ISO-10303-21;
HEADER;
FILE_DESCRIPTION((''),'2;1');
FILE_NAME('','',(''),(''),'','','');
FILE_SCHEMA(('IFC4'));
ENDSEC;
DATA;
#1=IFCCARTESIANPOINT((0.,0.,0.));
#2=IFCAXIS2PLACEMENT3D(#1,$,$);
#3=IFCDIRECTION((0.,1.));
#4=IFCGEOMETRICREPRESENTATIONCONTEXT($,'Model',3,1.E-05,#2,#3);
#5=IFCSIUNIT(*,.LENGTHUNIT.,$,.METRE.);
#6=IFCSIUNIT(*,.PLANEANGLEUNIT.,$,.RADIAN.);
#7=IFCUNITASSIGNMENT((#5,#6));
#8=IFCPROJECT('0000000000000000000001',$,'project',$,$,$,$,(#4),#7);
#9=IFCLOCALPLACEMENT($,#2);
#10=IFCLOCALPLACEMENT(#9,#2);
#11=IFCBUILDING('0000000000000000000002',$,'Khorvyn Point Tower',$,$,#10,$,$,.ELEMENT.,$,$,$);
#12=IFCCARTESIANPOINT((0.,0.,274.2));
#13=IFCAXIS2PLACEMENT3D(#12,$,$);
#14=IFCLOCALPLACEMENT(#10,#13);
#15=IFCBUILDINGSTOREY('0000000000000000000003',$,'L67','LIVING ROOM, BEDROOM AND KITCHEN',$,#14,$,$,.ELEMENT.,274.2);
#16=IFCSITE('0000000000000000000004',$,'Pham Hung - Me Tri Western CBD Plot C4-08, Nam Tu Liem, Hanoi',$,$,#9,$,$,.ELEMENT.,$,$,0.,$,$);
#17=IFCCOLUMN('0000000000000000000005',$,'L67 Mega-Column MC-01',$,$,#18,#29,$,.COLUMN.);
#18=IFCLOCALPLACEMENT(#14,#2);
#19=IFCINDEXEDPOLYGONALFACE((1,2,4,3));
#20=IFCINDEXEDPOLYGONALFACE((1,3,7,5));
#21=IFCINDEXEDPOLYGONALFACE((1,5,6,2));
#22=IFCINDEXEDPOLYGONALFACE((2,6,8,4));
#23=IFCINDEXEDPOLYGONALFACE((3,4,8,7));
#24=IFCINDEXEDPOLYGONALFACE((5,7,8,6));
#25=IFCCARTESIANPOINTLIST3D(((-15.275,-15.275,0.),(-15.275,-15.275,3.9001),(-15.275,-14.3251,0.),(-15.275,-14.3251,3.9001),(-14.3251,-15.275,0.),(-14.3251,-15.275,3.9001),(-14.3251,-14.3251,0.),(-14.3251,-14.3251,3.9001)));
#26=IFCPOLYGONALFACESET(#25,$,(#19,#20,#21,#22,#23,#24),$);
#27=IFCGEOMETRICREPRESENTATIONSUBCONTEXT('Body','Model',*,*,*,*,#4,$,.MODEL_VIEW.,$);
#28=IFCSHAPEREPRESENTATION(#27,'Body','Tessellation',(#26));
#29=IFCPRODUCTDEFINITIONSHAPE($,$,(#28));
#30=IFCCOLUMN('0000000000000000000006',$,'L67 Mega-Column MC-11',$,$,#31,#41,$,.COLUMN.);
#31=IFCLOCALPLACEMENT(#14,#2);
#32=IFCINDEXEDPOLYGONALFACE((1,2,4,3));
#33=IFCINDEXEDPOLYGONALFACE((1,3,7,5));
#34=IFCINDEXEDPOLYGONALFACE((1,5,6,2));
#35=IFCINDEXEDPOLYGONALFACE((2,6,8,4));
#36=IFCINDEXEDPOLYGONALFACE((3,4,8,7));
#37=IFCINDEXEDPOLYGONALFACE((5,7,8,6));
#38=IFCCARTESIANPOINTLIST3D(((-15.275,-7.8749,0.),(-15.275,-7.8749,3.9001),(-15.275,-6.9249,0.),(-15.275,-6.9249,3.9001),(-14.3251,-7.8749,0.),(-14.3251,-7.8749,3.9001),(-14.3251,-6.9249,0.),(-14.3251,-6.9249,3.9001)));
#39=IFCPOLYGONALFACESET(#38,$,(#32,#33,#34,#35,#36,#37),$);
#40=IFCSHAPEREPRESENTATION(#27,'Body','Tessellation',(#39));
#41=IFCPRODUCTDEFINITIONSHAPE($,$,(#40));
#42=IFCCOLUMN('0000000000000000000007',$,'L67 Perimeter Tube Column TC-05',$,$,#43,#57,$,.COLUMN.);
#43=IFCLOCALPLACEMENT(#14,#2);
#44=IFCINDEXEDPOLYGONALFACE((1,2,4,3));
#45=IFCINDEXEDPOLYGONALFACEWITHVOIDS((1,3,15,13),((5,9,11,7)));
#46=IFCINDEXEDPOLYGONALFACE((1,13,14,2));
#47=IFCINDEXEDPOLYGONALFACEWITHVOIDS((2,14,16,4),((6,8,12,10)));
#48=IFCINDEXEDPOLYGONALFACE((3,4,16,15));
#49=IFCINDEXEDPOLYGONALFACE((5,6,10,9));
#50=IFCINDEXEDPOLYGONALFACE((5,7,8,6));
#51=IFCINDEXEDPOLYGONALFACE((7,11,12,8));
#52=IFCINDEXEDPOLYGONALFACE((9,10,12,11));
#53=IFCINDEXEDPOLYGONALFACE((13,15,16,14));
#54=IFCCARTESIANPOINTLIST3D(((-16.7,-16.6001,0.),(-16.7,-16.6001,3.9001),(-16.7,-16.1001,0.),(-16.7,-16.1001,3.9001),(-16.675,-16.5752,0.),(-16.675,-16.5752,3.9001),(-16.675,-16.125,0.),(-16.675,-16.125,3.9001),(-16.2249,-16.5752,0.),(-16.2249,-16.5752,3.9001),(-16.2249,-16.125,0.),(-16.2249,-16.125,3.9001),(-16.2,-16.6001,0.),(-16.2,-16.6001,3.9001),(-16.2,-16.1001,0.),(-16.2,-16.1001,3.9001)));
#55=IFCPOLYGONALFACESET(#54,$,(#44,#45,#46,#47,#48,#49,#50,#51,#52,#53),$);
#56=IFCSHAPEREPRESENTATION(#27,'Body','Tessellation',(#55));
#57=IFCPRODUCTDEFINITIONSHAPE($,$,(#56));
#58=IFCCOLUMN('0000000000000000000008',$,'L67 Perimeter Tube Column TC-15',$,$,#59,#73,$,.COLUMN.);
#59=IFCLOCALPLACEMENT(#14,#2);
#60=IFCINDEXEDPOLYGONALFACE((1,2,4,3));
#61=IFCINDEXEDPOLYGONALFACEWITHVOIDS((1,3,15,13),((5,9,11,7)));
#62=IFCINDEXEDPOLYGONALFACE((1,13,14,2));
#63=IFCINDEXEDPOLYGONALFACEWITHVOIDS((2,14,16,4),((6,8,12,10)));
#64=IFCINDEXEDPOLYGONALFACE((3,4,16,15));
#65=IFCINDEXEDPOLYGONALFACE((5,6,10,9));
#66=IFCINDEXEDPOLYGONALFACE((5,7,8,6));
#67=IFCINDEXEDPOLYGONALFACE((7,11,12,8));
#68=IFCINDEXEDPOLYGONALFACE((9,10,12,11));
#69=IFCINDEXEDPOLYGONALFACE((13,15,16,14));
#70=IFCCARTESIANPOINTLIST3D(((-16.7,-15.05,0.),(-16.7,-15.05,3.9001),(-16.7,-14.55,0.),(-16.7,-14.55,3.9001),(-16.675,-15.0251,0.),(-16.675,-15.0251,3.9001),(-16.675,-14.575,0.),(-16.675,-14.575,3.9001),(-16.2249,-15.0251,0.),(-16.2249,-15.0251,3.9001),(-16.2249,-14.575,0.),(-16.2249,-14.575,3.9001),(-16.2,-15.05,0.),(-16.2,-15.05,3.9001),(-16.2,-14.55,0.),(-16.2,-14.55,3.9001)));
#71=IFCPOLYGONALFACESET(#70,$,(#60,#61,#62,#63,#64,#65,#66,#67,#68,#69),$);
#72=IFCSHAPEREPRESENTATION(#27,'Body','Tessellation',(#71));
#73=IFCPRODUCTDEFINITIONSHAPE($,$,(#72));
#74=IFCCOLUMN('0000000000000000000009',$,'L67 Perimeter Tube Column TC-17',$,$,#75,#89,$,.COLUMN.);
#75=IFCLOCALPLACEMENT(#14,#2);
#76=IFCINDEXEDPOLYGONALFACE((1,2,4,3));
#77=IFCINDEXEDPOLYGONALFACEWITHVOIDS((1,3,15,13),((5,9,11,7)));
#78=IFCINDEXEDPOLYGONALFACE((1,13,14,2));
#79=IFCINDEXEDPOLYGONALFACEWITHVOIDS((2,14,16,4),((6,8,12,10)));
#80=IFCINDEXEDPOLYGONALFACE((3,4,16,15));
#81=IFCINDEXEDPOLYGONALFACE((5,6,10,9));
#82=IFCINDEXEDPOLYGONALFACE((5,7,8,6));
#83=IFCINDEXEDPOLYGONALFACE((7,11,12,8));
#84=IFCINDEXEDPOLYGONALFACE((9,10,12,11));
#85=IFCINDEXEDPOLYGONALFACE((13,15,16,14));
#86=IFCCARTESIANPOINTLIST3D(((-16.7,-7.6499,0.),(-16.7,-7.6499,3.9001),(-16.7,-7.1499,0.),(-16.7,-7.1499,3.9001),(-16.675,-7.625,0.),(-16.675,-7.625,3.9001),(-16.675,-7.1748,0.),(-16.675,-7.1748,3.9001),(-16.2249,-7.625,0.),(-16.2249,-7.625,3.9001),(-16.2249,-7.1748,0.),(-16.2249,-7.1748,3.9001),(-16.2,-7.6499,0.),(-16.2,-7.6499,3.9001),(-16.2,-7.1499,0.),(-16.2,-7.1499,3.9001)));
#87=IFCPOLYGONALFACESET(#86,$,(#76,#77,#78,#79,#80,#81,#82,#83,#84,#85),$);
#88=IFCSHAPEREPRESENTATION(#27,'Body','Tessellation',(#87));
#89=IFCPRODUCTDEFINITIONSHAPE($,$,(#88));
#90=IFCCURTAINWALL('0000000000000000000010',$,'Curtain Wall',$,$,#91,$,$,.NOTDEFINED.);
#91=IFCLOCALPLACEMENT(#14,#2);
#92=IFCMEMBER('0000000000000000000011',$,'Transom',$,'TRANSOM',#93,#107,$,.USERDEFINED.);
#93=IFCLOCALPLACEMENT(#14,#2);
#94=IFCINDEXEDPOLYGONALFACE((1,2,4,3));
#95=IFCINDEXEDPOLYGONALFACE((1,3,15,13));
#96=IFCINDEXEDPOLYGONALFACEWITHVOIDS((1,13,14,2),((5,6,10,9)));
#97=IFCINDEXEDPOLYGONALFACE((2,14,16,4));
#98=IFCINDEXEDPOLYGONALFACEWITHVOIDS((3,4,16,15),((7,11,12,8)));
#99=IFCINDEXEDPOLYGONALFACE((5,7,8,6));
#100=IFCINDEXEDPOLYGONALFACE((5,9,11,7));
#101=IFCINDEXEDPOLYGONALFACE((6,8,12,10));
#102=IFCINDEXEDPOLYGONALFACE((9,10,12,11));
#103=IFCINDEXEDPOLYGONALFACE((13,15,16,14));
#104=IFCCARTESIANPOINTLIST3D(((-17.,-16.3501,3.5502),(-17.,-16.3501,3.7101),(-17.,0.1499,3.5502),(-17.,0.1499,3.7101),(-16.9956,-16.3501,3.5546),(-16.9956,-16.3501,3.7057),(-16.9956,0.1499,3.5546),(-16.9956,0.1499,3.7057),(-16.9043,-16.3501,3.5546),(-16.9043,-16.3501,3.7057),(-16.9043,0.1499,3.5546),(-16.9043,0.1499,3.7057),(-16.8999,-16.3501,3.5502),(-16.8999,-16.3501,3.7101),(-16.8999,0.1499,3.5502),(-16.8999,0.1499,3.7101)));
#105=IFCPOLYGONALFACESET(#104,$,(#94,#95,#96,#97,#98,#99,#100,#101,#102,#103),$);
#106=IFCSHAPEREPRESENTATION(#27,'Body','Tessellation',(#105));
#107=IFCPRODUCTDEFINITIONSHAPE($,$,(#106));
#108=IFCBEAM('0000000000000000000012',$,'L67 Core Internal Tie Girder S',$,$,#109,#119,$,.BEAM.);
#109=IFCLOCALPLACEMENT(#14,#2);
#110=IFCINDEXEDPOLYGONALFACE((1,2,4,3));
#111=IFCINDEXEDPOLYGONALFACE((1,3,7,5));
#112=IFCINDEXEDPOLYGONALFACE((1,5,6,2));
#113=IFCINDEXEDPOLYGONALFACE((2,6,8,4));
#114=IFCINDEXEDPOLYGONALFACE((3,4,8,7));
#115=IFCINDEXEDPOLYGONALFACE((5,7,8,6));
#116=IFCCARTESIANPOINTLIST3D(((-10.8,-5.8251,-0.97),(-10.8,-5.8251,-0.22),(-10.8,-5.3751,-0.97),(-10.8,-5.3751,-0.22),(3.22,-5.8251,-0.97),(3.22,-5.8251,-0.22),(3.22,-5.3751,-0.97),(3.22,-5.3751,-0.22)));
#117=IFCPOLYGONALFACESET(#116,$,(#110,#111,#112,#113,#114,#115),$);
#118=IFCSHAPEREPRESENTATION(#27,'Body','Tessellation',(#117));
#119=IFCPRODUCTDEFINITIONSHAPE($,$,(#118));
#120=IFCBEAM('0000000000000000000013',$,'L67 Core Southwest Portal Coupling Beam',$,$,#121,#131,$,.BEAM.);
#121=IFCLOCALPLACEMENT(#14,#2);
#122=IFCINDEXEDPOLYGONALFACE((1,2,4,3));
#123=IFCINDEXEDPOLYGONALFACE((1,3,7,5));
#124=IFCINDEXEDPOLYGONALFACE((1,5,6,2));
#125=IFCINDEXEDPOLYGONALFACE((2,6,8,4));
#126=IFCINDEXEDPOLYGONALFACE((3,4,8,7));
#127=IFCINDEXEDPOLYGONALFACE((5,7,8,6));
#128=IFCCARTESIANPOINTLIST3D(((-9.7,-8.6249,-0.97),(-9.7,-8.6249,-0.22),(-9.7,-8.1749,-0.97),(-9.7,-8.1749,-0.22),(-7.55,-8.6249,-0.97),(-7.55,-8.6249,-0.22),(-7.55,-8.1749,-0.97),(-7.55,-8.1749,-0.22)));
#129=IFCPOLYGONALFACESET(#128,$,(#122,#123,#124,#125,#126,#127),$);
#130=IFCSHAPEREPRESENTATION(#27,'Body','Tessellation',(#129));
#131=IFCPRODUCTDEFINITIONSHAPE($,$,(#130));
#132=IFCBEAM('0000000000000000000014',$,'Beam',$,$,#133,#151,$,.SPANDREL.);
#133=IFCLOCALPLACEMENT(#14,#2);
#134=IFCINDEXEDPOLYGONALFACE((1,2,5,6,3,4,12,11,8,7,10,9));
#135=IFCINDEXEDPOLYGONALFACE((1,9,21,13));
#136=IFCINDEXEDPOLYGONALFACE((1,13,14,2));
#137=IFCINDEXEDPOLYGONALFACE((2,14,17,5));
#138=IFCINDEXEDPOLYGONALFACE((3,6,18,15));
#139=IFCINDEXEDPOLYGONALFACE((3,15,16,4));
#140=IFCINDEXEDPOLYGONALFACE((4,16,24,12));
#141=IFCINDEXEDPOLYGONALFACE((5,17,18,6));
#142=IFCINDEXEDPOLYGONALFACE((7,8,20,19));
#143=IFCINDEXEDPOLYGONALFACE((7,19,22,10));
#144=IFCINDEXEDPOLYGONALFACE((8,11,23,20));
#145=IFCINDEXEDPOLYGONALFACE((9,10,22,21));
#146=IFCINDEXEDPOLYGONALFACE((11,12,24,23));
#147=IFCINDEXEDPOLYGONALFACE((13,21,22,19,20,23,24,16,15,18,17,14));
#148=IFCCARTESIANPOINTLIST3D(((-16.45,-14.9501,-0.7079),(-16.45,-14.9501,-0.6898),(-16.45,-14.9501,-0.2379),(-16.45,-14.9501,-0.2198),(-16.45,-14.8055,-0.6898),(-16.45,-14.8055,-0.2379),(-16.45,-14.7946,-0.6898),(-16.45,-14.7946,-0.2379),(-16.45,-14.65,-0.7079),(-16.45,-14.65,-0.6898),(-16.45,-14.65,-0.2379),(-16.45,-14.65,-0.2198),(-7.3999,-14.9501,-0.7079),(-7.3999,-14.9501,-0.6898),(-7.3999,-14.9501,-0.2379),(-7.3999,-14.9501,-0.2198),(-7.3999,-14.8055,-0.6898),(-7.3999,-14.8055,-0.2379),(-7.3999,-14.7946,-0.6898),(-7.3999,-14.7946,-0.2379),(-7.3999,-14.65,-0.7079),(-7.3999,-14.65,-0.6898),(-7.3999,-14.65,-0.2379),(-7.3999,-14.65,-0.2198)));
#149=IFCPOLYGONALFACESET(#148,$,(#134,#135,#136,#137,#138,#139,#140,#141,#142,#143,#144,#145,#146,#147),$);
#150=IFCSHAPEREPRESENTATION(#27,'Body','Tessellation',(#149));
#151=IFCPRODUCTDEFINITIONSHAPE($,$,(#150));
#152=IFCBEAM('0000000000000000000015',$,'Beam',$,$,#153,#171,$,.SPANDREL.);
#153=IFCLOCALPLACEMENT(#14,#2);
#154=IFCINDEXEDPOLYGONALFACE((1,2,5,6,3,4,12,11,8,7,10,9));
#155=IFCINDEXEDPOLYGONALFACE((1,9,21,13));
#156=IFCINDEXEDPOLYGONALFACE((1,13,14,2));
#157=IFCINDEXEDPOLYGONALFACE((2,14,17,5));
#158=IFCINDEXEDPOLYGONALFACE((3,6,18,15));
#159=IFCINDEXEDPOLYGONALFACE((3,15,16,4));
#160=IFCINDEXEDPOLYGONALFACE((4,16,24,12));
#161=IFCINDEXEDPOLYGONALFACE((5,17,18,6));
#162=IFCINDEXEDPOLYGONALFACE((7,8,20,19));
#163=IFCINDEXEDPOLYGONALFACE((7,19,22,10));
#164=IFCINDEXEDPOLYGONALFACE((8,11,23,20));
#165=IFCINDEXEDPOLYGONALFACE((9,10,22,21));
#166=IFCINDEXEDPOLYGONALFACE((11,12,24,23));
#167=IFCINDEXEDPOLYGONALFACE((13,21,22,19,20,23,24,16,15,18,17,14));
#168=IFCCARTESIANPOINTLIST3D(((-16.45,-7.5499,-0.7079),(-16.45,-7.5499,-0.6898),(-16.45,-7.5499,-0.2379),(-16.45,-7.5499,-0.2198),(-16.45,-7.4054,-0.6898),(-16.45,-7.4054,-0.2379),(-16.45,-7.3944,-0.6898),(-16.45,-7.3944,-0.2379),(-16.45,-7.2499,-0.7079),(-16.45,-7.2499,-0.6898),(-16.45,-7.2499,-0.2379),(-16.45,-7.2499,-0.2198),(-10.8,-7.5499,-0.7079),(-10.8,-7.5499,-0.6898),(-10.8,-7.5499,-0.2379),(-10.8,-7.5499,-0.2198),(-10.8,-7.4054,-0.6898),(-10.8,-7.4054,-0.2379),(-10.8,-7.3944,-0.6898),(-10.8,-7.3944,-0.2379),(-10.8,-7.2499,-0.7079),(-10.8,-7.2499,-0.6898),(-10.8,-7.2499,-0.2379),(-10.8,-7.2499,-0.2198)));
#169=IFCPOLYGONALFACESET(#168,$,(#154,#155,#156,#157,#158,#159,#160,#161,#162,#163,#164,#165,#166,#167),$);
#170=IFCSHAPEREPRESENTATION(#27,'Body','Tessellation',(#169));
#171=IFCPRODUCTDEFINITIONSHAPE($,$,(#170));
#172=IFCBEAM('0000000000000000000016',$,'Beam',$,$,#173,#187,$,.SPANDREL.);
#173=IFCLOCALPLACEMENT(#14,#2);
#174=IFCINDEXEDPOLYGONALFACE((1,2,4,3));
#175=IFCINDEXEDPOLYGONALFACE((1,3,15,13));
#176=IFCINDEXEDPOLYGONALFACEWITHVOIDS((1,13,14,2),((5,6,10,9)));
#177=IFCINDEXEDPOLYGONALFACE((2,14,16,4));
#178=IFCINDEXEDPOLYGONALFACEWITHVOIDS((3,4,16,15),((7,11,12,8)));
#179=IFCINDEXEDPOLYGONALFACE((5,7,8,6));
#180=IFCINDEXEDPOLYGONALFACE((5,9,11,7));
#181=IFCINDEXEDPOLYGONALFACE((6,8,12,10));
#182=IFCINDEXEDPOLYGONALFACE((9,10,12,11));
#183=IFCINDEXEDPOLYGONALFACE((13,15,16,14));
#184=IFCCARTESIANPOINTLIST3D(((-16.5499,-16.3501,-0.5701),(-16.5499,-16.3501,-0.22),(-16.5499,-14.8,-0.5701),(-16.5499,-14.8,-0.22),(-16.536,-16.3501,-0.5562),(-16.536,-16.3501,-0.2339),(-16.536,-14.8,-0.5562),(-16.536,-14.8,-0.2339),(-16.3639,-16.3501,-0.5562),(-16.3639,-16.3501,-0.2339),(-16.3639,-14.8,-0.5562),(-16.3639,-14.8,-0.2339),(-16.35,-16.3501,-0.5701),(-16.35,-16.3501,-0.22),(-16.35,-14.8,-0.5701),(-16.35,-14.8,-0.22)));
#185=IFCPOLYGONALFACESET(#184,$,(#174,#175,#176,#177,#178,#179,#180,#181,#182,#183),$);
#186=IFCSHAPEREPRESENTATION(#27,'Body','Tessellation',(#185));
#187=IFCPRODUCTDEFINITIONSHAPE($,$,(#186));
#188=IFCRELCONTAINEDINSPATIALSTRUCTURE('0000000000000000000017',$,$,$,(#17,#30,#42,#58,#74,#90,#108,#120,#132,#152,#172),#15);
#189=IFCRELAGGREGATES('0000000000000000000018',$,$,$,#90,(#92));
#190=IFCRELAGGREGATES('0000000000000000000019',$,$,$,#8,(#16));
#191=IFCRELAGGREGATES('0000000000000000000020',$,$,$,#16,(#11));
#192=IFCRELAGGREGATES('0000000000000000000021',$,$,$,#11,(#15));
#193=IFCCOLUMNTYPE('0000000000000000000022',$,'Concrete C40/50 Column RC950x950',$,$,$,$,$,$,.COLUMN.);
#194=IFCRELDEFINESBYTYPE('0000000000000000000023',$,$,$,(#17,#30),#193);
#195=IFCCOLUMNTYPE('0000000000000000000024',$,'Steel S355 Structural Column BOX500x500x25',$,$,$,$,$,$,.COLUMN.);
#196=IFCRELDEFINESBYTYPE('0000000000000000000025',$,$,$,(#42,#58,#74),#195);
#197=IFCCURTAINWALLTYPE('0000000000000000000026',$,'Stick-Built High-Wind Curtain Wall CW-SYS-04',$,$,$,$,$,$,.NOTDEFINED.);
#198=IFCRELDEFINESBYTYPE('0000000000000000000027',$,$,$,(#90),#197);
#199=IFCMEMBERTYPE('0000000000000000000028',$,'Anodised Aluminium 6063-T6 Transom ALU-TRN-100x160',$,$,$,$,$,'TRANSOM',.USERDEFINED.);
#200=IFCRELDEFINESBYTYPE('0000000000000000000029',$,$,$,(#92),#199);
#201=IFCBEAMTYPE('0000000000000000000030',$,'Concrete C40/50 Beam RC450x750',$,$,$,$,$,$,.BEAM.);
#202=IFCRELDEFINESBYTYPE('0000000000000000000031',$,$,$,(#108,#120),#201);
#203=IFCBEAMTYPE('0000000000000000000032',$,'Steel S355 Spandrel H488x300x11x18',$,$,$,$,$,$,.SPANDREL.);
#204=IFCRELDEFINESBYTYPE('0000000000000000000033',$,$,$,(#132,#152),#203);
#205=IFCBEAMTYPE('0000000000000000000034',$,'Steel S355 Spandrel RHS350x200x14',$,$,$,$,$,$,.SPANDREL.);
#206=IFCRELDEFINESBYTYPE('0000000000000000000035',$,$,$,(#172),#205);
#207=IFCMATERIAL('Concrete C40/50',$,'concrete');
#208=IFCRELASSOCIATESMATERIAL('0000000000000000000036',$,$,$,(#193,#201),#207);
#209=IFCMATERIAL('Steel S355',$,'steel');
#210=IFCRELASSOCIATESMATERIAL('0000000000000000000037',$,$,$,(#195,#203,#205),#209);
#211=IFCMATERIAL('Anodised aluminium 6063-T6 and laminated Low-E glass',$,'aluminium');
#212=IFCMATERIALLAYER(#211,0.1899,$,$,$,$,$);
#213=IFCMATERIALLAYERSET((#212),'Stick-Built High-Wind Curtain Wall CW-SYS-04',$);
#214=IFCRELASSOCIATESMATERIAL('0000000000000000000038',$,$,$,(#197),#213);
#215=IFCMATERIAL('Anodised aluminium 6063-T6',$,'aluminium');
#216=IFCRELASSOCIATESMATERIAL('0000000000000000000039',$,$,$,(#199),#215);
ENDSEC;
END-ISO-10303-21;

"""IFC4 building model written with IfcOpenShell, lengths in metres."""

from ifc_helpers import new_model, si_unit, direction, frame, origin, origin_2d, place, context, subcontext, project, spatial, rectangle, hollow_rectangle, i_section, extrude, material, layer, layer_set, material_profile, profile_set, type_object, element, aggregate, save


model = new_model("IFC4")

# Units and contexts
model_context = context("Model", 3, precision=1e-05, world=origin(), true_north=direction((0.0, 1.0)))
body_context = subcontext(model_context, "Body", "Model", "MODEL_VIEW")
ifc_project = project(units=[si_unit("LENGTHUNIT", "METRE"), si_unit("PLANEANGLEUNIT", "RADIAN")], contexts=[model_context])

# Site, building, storey
site_placement = place(None, origin())
site = spatial("IfcSite", under=ifc_project, at=site_placement, Name="Pham Hung - Me Tri Western CBD Plot C4-08, Nam Tu Liem, Hanoi", CompositionType="ELEMENT", RefElevation=0.0)
building_placement = place(site_placement, origin())
building = spatial("IfcBuilding", under=site, at=building_placement, Name="Khorvyn Point Tower", CompositionType="ELEMENT")
storey_placement = place(building_placement, frame((0.0, 0.0, 274.2)))
storey = spatial("IfcBuildingStorey", under=building, at=storey_placement, Name="L67", Description="LIVING ROOM, BEDROOM AND KITCHEN", CompositionType="ELEMENT", Elevation=274.2)

# Columns
ifc_material_1 = material(Name="Concrete C40/50", Category="concrete")
ifc_material_profile_1 = material_profile(ifc_material_1, rectangle(XDim=0.95, YDim=0.95, at=origin_2d()))
ifc_profile_set_1 = profile_set([ifc_material_profile_1], Name="Concrete C40/50 RC950x950")
column_type_1 = type_object("IfcColumnType", Name="Concrete C40/50 Column RC950x950", PredefinedType="COLUMN", material=ifc_profile_set_1)
for number, where, z_axis, x_axis, name in (
    (1, (-14.8, -14.8, 0.0), (0.0, 0.0, 1.0), (1.0, 0.0, 0.0), "L67 Mega-Column MC-01"),
    (2, (-14.8, -7.3999, 0.0), (0.0, 0.0, 1.0), (1.0, 0.0, 0.0), "L67 Mega-Column MC-11"),
):
    element("IfcColumn", number, at=place(storey_placement, frame(where, z_axis=z_axis, x_axis=x_axis)), inside=storey, type_object=column_type_1, Name=name, PredefinedType="COLUMN", context=body_context, shape_type="SweptSolid", body=[
        extrude(rectangle(XDim=0.95, YDim=0.95, at=origin_2d()), origin(), (0.0, 0.0, 1.0), 3.9001),
    ])
ifc_material_2 = material(Name="Steel S355", Category="steel")
ifc_material_profile_2 = material_profile(ifc_material_2, hollow_rectangle(XDim=0.5, YDim=0.5, WallThickness=0.0249, at=origin_2d()))
ifc_profile_set_2 = profile_set([ifc_material_profile_2], Name="Steel S355 BOX500x500x25")
column_type_2 = type_object("IfcColumnType", Name="Steel S355 Structural Column BOX500x500x25", PredefinedType="COLUMN", material=ifc_profile_set_2)
for number, where, z_axis, x_axis, name in (
    (3, (-16.45, -16.3501, 0.0), (0.0, 0.0, 1.0), (1.0, 0.0, 0.0), "L67 Perimeter Tube Column TC-05"),
    (4, (-16.45, -14.8, 0.0), (0.0, 0.0, 1.0), (1.0, 0.0, 0.0), "L67 Perimeter Tube Column TC-15"),
    (5, (-16.45, -7.3999, 0.0), (0.0, 0.0, 1.0), (1.0, 0.0, 0.0), "L67 Perimeter Tube Column TC-17"),
):
    element("IfcColumn", number, at=place(storey_placement, frame(where, z_axis=z_axis, x_axis=x_axis)), inside=storey, type_object=column_type_2, Name=name, PredefinedType="COLUMN", context=body_context, shape_type="SweptSolid", body=[
        extrude(hollow_rectangle(XDim=0.5, YDim=0.5, WallThickness=0.0249, at=origin_2d()), origin(), (0.0, 0.0, 1.0), 3.9001),
    ])

# Curtain wall, member
ifc_material_3 = material(Name="Anodised aluminium 6063-T6 and laminated Low-E glass", Category="aluminium")
ifc_layer_1 = layer(ifc_material_3, 0.1899)
ifc_layer_set_1 = layer_set([ifc_layer_1], Name="Stick-Built High-Wind Curtain Wall CW-SYS-04")
curtain_wall_type = type_object("IfcCurtainWallType", Name="Stick-Built High-Wind Curtain Wall CW-SYS-04", PredefinedType="NOTDEFINED", material=ifc_layer_set_1)
curtain_wall_placement = place(storey_placement, origin())
curtain_wall = element("IfcCurtainWall", 6, at=curtain_wall_placement, inside=storey, type_object=curtain_wall_type, Name="Curtain Wall", PredefinedType="NOTDEFINED")
ifc_material_4 = material(Name="Anodised aluminium 6063-T6", Category="aluminium")
ifc_material_profile_3 = material_profile(ifc_material_4, hollow_rectangle(XDim=0.1001, YDim=0.1599, WallThickness=0.0044, at=origin_2d()))
ifc_profile_set_3 = profile_set([ifc_material_profile_3], Name="Anodised aluminium 6063-T6 ALU-TRN-100x160")
member_type = type_object("IfcMemberType", Name="Anodised Aluminium 6063-T6 Transom ALU-TRN-100x160", ElementType="TRANSOM", PredefinedType="USERDEFINED", material=ifc_profile_set_3)
member_placement = place(storey_placement, frame((-16.95, -16.3501, 3.6301), z_axis=(0.0, 1.0, 0.0), x_axis=(-1.0, 0.0, 0.0)))
member = element("IfcMember", 7, at=member_placement, type_object=member_type, Name="Transom", ObjectType="TRANSOM", PredefinedType="USERDEFINED", context=body_context, shape_type="SweptSolid", body=[
    extrude(hollow_rectangle(XDim=0.1001, YDim=0.1599, WallThickness=0.0044, at=origin_2d()), origin(), (0.0, 0.0, 1.0), 16.5),
])

# Beams
ifc_material_profile_4 = material_profile(ifc_material_1, rectangle(XDim=0.45, YDim=0.75, at=origin_2d()))
ifc_profile_set_4 = profile_set([ifc_material_profile_4], Name="Concrete C40/50 RC450x750")
beam_type_1 = type_object("IfcBeamType", Name="Concrete C40/50 Beam RC450x750", PredefinedType="BEAM", material=ifc_profile_set_4)
beam_1_placement = place(storey_placement, frame((-10.8, -5.6001, -0.595), z_axis=(1.0, 0.0, 0.0), x_axis=(0.0, 1.0, 0.0)))
element("IfcBeam", 8, at=beam_1_placement, inside=storey, type_object=beam_type_1, Name="L67 Core Internal Tie Girder S", PredefinedType="BEAM", context=body_context, shape_type="SweptSolid", body=[
    extrude(rectangle(XDim=0.45, YDim=0.75, at=origin_2d()), origin(), (0.0, 0.0, 1.0), 14.02),
])
beam_2_placement = place(storey_placement, frame((-9.7, -8.3999, -0.595), z_axis=(1.0, 0.0, 0.0), x_axis=(0.0, 1.0, 0.0)))
element("IfcBeam", 9, at=beam_2_placement, inside=storey, type_object=beam_type_1, Name="L67 Core Southwest Portal Coupling Beam", PredefinedType="BEAM", context=body_context, shape_type="SweptSolid", body=[
    extrude(rectangle(XDim=0.45, YDim=0.75, at=origin_2d()), origin(), (0.0, 0.0, 1.0), 2.1499),
])
ifc_material_profile_5 = material_profile(ifc_material_2, i_section(OverallWidth=0.3, OverallDepth=0.488, WebThickness=0.011, FlangeThickness=0.0181, at=origin_2d()))
ifc_profile_set_5 = profile_set([ifc_material_profile_5], Name="Steel S355 H488x300x11x18")
beam_type_2 = type_object("IfcBeamType", Name="Steel S355 Spandrel H488x300x11x18", PredefinedType="SPANDREL", material=ifc_profile_set_5)
beam_3_placement = place(storey_placement, frame((-16.45, -14.8, -0.4639), z_axis=(1.0, 0.0, 0.0), x_axis=(0.0, 1.0, 0.0)))
element("IfcBeam", 10, at=beam_3_placement, inside=storey, type_object=beam_type_2, Name="Beam", PredefinedType="SPANDREL", context=body_context, shape_type="SweptSolid", body=[
    extrude(i_section(OverallWidth=0.3, OverallDepth=0.488, WebThickness=0.011, FlangeThickness=0.0181, at=origin_2d()), origin(), (0.0, 0.0, 1.0), 9.05),
])
beam_4_placement = place(storey_placement, frame((-16.45, -7.3999, -0.4639), z_axis=(1.0, 0.0, 0.0), x_axis=(0.0, 1.0, 0.0)))
element("IfcBeam", 11, at=beam_4_placement, inside=storey, type_object=beam_type_2, Name="Beam", PredefinedType="SPANDREL", context=body_context, shape_type="SweptSolid", body=[
    extrude(i_section(OverallWidth=0.3, OverallDepth=0.488, WebThickness=0.011, FlangeThickness=0.0181, at=origin_2d()), origin(), (0.0, 0.0, 1.0), 5.6499),
])
ifc_material_profile_6 = material_profile(ifc_material_2, hollow_rectangle(XDim=0.2, YDim=0.3501, WallThickness=0.0139, at=origin_2d()))
ifc_profile_set_6 = profile_set([ifc_material_profile_6], Name="Steel S355 RHS350x200x14")
beam_type_3 = type_object("IfcBeamType", Name="Steel S355 Spandrel RHS350x200x14", PredefinedType="SPANDREL", material=ifc_profile_set_6)
beam_5_placement = place(storey_placement, frame((-16.45, -16.3501, -0.395), z_axis=(0.0, 1.0, 0.0), x_axis=(-1.0, 0.0, 0.0)))
element("IfcBeam", 12, at=beam_5_placement, inside=storey, type_object=beam_type_3, Name="Beam", PredefinedType="SPANDREL", context=body_context, shape_type="SweptSolid", body=[
    extrude(hollow_rectangle(XDim=0.2, YDim=0.3501, WallThickness=0.0139, at=origin_2d()), origin(), (0.0, 0.0, 1.0), 1.55),
])

aggregate(curtain_wall, [member])

save(model, "model.ifc")
